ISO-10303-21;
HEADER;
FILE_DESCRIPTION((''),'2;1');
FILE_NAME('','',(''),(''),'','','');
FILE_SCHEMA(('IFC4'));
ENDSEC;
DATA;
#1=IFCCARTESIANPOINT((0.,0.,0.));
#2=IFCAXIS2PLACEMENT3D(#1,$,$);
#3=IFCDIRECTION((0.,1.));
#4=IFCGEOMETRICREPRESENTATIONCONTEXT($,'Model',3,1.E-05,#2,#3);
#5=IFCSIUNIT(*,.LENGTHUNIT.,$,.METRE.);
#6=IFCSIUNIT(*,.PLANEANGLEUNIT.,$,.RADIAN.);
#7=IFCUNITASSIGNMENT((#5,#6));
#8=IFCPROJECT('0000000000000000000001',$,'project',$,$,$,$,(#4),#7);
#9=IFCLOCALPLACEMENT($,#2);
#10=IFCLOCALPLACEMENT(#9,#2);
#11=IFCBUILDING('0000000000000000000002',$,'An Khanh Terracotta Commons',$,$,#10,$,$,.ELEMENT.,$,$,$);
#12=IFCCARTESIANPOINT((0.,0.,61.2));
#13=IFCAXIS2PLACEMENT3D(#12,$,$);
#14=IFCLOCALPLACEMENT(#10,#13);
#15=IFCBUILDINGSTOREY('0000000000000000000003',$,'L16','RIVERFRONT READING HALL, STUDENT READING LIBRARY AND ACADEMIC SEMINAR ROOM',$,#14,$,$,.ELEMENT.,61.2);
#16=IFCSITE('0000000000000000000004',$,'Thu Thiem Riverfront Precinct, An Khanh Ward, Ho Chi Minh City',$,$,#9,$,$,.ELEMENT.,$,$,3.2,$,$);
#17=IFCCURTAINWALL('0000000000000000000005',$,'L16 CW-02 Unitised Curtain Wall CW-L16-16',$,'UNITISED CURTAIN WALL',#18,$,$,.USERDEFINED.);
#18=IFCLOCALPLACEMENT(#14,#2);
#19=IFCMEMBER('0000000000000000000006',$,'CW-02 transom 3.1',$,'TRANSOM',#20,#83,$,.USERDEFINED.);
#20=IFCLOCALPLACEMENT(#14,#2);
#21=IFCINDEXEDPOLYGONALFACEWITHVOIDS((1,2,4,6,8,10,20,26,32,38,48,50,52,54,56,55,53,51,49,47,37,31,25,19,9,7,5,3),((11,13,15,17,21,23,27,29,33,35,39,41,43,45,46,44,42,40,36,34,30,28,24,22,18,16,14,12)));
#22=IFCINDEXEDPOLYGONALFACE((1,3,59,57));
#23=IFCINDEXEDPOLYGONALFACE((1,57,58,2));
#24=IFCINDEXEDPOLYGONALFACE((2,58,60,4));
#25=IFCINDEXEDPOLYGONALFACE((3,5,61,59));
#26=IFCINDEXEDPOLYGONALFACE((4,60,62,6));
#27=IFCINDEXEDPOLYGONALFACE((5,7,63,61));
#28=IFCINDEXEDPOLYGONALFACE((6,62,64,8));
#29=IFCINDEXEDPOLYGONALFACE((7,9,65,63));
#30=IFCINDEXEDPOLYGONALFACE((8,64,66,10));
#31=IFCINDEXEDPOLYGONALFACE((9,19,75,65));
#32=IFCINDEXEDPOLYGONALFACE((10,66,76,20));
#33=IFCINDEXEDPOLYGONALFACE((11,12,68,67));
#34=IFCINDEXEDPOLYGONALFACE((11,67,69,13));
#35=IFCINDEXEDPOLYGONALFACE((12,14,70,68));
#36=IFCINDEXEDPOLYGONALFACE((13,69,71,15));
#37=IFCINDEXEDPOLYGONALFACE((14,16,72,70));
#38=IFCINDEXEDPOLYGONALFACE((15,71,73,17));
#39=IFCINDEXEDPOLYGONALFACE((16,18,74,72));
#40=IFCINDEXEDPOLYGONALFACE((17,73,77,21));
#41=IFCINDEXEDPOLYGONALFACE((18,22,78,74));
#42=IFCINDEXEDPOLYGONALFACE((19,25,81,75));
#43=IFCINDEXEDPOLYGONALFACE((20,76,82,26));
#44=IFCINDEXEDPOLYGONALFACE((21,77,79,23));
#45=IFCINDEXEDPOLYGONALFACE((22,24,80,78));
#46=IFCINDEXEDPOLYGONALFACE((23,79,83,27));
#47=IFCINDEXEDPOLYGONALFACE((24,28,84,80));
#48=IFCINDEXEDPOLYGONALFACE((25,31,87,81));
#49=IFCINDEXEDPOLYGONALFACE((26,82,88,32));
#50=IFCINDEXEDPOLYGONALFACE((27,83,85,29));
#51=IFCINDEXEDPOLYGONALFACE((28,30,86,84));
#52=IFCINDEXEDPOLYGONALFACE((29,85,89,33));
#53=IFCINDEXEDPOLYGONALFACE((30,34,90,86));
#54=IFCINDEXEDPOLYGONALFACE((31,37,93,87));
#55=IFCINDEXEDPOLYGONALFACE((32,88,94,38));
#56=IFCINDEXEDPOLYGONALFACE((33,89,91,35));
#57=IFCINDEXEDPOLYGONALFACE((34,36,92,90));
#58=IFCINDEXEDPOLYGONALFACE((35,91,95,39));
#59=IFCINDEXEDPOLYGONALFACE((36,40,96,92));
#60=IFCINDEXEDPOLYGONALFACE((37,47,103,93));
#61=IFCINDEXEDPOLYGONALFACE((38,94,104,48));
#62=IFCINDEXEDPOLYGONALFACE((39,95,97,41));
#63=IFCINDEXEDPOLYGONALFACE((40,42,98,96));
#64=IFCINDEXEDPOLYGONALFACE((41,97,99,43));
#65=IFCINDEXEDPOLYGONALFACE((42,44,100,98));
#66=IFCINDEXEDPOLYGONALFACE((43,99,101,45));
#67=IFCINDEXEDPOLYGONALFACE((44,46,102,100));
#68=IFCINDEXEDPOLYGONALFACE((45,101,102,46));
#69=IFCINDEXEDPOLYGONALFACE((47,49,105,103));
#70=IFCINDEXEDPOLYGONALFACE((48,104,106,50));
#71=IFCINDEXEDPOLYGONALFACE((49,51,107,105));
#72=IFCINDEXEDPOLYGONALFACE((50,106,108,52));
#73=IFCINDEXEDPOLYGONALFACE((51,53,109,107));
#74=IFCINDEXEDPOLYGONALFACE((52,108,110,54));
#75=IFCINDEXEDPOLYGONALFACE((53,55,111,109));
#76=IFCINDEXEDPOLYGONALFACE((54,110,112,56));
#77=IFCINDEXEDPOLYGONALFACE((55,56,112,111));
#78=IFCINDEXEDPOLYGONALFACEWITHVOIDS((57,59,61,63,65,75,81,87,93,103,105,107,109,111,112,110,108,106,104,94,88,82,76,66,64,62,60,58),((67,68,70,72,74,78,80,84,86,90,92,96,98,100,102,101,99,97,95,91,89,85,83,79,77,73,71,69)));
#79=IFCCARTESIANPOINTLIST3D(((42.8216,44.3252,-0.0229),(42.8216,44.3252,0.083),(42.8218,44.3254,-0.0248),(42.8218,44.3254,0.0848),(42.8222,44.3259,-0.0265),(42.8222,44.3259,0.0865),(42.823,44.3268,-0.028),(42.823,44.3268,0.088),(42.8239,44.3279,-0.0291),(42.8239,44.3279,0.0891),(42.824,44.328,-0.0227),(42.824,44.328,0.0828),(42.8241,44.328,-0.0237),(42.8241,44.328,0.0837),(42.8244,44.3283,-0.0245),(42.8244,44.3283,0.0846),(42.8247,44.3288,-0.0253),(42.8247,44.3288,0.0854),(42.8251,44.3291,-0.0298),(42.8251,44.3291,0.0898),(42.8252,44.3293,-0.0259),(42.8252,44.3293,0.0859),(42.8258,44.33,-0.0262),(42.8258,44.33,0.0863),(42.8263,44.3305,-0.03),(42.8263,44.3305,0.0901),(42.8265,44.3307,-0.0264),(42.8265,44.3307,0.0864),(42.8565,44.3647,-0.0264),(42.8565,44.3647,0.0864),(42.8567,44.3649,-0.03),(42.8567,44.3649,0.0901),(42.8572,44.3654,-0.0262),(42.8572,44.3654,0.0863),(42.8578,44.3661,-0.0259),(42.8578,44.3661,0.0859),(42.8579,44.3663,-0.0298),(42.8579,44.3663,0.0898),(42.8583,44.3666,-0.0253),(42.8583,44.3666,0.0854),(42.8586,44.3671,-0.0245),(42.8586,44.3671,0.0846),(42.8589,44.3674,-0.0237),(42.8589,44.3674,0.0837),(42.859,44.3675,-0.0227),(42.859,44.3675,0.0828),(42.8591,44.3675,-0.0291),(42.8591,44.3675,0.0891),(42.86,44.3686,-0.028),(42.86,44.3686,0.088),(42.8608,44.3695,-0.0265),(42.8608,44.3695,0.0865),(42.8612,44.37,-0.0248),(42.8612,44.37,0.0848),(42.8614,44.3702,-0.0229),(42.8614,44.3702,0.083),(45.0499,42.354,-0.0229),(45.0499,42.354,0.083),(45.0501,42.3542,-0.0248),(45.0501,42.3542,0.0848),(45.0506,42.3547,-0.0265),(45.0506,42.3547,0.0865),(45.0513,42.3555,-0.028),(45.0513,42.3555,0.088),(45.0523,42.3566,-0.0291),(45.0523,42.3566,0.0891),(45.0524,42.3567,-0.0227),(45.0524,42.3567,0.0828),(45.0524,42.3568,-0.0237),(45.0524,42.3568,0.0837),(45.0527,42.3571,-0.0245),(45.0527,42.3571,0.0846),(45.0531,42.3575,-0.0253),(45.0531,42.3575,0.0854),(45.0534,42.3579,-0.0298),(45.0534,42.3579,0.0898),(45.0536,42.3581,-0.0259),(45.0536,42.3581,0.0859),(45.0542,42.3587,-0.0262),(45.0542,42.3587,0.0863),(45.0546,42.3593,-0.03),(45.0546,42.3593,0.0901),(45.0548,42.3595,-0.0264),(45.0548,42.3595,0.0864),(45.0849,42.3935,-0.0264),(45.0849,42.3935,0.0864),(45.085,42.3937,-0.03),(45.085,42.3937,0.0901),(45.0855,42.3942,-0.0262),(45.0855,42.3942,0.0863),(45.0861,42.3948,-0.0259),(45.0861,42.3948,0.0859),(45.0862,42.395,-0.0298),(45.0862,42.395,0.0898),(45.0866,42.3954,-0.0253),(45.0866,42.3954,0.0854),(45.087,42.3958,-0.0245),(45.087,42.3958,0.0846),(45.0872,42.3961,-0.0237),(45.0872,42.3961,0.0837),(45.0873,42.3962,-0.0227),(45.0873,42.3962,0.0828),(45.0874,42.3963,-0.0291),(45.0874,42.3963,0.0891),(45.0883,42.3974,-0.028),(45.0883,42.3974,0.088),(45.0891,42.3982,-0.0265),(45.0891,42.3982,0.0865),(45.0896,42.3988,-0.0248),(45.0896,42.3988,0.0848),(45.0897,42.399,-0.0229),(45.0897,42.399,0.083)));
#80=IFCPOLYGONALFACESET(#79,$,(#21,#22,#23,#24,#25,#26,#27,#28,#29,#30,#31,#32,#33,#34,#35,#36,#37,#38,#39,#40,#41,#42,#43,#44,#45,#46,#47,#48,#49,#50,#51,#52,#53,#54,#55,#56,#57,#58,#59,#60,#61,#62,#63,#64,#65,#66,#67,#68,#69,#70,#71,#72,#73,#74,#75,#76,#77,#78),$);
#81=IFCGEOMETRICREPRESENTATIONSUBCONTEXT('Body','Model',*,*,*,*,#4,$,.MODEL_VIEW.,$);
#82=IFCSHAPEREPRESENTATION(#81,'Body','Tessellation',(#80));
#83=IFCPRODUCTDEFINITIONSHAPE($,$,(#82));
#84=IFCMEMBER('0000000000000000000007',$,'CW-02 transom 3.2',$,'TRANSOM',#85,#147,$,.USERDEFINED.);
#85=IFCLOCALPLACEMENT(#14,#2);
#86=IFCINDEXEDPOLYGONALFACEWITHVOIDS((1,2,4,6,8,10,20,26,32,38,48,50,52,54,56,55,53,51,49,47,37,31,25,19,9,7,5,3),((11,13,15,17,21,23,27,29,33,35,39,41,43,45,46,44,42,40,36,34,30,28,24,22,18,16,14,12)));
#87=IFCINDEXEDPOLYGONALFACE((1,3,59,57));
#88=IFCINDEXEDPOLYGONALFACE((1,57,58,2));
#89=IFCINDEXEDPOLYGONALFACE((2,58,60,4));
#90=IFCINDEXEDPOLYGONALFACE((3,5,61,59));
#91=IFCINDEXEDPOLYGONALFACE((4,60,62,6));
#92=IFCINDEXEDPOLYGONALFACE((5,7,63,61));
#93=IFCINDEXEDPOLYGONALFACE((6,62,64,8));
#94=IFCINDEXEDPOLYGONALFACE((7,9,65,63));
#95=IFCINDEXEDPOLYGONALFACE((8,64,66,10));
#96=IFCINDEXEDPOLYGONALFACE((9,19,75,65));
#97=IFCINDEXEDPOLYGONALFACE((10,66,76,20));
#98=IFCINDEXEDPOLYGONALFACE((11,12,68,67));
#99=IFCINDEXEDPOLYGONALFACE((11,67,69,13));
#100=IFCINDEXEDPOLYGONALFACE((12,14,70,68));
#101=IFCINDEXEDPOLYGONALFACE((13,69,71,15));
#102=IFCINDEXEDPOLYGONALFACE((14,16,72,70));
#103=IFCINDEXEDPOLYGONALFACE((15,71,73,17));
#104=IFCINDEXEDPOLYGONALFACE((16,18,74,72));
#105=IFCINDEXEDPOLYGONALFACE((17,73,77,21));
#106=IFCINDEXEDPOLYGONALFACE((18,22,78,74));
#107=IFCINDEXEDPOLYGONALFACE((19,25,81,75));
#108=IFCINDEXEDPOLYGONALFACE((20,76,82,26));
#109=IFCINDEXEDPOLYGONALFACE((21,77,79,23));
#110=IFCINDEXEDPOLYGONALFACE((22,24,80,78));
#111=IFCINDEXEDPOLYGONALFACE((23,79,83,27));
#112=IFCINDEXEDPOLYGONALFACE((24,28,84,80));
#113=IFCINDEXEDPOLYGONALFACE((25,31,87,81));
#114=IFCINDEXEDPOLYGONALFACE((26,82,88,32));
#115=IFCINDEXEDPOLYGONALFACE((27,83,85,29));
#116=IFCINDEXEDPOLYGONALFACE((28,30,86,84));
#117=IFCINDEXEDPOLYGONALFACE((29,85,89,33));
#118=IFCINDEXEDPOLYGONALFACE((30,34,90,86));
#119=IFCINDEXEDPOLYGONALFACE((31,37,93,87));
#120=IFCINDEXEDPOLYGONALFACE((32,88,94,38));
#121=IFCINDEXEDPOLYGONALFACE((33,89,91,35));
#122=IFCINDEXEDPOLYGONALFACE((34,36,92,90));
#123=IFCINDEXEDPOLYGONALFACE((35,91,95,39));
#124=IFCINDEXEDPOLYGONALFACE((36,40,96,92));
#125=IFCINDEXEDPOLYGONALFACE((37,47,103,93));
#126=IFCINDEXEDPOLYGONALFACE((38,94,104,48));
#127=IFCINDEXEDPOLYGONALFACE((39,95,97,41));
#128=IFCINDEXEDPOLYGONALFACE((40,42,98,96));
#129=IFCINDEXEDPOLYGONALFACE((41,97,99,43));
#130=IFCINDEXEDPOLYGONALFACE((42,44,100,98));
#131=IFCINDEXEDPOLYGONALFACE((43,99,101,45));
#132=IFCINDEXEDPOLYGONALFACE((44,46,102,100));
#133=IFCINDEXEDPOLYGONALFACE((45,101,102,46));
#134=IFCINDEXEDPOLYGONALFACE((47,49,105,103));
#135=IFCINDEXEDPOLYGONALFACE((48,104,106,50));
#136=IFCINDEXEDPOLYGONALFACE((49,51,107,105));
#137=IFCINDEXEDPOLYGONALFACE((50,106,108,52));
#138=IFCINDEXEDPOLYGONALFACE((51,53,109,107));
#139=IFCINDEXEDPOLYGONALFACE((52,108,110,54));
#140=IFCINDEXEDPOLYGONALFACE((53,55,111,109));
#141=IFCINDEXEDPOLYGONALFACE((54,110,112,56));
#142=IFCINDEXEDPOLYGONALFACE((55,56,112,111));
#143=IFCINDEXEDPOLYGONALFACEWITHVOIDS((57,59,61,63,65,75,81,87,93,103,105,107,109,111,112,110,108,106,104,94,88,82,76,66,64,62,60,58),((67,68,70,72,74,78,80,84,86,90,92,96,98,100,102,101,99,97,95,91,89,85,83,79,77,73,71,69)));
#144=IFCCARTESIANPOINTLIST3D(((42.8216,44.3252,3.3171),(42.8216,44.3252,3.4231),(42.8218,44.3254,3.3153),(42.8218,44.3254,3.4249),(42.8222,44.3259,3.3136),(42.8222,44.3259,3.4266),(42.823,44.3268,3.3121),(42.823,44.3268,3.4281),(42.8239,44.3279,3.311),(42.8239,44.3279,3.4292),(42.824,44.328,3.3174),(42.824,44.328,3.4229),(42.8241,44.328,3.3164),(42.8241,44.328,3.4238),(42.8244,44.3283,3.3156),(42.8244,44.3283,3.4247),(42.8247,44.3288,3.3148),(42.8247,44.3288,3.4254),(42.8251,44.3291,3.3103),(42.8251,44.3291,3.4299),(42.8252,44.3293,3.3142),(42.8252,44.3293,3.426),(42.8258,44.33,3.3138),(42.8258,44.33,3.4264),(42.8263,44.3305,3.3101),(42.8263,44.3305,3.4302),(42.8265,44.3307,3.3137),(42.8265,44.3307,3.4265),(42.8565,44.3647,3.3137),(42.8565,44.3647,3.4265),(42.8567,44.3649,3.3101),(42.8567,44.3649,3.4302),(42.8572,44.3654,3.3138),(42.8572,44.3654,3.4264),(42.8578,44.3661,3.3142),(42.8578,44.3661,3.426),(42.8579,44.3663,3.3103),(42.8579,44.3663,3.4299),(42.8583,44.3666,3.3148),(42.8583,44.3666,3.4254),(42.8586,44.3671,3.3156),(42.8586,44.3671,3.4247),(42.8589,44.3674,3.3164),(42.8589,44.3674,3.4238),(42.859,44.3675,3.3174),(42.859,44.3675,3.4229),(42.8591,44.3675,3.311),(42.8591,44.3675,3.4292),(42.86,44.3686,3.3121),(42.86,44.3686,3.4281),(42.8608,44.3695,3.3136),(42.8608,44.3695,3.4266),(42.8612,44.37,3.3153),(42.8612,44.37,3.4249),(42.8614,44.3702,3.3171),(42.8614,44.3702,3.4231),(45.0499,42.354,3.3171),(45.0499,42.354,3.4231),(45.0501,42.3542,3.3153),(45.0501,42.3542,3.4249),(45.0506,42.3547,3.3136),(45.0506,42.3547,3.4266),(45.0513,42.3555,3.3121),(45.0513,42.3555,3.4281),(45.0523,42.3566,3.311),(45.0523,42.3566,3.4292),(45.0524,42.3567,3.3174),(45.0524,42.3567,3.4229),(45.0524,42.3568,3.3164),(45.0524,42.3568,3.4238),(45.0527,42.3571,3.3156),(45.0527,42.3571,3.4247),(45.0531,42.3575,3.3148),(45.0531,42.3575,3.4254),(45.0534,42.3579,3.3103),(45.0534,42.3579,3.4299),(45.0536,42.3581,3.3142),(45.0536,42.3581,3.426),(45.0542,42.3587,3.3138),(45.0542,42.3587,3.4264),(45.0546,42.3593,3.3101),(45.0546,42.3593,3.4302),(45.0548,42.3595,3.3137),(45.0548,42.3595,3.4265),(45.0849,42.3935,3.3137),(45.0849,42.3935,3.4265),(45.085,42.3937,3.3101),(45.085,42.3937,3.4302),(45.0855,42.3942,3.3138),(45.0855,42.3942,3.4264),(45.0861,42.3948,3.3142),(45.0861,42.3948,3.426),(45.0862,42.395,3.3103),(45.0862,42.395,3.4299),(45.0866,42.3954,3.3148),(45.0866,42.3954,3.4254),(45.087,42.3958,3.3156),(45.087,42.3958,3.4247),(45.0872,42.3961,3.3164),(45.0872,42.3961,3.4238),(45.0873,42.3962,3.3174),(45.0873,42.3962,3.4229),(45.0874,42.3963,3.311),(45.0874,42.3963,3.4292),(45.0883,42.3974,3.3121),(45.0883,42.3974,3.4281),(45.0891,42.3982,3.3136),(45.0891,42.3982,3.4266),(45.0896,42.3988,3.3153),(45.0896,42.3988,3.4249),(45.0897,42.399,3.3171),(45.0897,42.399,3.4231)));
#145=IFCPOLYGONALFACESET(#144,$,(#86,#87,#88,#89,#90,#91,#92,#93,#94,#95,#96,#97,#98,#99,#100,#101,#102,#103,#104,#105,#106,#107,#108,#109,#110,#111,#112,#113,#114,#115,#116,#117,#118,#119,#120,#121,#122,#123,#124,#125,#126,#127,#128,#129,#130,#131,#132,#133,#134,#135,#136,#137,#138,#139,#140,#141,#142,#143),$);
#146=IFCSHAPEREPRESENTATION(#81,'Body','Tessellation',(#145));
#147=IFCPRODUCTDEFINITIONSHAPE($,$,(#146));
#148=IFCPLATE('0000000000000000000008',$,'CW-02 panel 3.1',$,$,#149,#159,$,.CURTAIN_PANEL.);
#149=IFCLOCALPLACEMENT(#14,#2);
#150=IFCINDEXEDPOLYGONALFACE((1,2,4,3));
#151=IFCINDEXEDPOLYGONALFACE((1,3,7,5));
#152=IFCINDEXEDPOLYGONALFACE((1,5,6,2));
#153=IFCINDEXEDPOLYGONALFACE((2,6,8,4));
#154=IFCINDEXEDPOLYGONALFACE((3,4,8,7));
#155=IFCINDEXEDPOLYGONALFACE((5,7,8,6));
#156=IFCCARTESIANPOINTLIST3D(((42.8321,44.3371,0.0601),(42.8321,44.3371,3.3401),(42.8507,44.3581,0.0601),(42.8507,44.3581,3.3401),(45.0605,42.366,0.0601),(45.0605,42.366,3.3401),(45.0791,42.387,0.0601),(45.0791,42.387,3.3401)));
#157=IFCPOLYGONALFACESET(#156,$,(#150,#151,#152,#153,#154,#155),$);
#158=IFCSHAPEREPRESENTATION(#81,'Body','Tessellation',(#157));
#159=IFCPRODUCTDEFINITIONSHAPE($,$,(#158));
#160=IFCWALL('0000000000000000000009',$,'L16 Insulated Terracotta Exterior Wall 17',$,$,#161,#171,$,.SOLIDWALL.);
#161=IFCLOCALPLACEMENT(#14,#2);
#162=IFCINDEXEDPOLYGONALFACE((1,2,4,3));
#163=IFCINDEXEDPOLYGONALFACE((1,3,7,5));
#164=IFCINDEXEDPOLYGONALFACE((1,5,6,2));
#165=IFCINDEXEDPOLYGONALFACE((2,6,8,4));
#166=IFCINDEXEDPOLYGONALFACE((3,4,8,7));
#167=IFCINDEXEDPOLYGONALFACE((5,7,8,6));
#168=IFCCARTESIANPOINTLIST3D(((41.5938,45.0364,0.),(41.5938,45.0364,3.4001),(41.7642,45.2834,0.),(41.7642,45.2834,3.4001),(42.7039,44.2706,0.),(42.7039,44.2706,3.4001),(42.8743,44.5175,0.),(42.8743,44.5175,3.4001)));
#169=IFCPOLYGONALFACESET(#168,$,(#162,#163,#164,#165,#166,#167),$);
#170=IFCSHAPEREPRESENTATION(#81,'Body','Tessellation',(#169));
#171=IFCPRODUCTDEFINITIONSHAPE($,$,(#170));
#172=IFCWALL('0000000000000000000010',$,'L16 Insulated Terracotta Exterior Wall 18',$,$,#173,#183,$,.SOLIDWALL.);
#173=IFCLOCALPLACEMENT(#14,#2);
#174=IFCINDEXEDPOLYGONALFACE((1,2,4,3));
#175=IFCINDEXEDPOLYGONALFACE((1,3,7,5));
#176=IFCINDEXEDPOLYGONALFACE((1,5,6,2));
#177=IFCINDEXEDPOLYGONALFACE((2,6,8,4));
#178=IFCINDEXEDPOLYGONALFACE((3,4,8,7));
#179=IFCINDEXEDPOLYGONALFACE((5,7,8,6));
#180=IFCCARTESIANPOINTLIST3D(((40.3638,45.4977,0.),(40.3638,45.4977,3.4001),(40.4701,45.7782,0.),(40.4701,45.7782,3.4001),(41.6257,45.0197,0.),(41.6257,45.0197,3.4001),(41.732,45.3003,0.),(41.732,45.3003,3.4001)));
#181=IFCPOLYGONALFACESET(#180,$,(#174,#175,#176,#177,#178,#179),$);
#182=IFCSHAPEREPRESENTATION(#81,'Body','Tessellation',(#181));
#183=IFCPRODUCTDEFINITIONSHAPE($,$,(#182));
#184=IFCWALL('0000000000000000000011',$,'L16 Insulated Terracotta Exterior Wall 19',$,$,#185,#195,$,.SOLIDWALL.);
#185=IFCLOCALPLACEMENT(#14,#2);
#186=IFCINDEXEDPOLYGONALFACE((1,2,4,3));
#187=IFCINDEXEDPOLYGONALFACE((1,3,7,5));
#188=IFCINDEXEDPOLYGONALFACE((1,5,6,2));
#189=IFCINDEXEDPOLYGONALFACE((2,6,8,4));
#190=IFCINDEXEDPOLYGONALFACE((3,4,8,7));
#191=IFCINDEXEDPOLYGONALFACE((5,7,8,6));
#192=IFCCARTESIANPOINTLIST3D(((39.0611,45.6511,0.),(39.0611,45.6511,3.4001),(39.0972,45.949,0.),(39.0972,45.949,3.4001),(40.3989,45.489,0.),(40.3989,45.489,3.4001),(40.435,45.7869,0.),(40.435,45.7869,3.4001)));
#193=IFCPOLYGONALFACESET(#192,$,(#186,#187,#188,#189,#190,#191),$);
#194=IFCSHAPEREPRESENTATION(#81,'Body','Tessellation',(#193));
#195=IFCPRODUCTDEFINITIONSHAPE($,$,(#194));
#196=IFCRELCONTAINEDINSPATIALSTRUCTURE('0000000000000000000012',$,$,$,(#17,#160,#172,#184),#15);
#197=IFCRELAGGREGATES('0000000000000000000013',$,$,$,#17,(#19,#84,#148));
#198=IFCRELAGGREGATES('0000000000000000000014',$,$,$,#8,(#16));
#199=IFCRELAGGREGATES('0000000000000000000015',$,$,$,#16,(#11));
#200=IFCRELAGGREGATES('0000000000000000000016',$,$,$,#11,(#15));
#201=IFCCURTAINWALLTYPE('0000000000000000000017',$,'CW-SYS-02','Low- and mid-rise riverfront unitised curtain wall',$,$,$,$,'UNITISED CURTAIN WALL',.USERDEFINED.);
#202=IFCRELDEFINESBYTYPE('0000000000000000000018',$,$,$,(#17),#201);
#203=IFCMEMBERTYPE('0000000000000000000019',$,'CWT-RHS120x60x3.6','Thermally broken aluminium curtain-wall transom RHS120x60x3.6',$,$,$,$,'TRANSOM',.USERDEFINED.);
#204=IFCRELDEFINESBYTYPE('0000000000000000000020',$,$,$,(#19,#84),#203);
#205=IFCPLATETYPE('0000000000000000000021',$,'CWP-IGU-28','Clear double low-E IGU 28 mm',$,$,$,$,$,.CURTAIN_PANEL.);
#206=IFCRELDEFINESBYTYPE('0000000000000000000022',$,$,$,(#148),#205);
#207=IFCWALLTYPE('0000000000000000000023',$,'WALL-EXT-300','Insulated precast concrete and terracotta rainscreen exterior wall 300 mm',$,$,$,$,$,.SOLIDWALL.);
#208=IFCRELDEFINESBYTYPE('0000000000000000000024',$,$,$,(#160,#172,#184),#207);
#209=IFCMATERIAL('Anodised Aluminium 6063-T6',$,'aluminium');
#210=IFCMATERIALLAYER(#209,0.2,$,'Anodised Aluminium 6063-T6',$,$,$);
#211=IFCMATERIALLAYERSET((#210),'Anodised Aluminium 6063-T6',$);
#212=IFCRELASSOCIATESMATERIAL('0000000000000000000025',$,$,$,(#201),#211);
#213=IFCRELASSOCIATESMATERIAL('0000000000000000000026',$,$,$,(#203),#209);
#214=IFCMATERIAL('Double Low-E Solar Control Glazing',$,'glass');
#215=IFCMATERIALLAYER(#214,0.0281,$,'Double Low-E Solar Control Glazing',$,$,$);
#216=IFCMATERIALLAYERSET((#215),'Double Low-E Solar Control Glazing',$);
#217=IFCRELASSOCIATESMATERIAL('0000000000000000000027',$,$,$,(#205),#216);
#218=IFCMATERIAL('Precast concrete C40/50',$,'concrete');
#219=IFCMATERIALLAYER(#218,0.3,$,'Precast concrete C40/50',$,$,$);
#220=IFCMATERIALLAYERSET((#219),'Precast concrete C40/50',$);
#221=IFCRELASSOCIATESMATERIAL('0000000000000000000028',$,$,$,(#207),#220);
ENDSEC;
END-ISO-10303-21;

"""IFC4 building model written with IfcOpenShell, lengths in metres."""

from ifc_helpers import new_model, si_unit, direction, frame, frame_2d, origin, origin_2d, place, context, subcontext, project, spatial, rectangle, hollow_rectangle, extrude, material, layer, layer_set, material_profile, profile_set, type_object, element, aggregate, save


model = new_model("IFC4")

# Units and contexts
model_context = context("Model", 3, precision=1e-05, world=origin(), true_north=direction((0.0, 1.0)))
body_context = subcontext(model_context, "Body", "Model", "MODEL_VIEW")
ifc_project = project(units=[si_unit("LENGTHUNIT", "METRE"), si_unit("PLANEANGLEUNIT", "RADIAN")], contexts=[model_context])

# Site, building, storey
site_placement = place(None, origin())
site = spatial("IfcSite", under=ifc_project, at=site_placement, Name="Thu Thiem Riverfront Precinct, An Khanh Ward, Ho Chi Minh City", CompositionType="ELEMENT", RefElevation=3.2)
building_placement = place(site_placement, origin())
building = spatial("IfcBuilding", under=site, at=building_placement, Name="An Khanh Terracotta Commons", CompositionType="ELEMENT")
storey_placement = place(building_placement, frame((0.0, 0.0, 61.2)))
storey = spatial("IfcBuildingStorey", under=building, at=storey_placement, Name="L16", Description="RIVERFRONT READING HALL, STUDENT READING LIBRARY AND ACADEMIC SEMINAR ROOM", CompositionType="ELEMENT", Elevation=61.2)

# Curtain wall, members, plate
ifc_material_1 = material(Name="Anodised Aluminium 6063-T6", Category="aluminium")
ifc_layer_1 = layer(ifc_material_1, 0.2, Name="Anodised Aluminium 6063-T6")
ifc_layer_set_1 = layer_set([ifc_layer_1], Name="Anodised Aluminium 6063-T6")
curtain_wall_type = type_object("IfcCurtainWallType", Name="CW-SYS-02", Description="Low- and mid-rise riverfront unitised curtain wall", ElementType="UNITISED CURTAIN WALL", PredefinedType="USERDEFINED", material=ifc_layer_set_1)
curtain_wall_placement = place(storey_placement, origin())
curtain_wall = element("IfcCurtainWall", 1, at=curtain_wall_placement, inside=storey, type_object=curtain_wall_type, Name="L16 CW-02 Unitised Curtain Wall CW-L16-16", ObjectType="UNITISED CURTAIN WALL", PredefinedType="USERDEFINED")
ifc_material_profile_1 = material_profile(ifc_material_1, hollow_rectangle(XDim=0.0601, YDim=0.1201, WallThickness=0.0037, InnerFilletRadius=0.0037, OuterFilletRadius=0.0071, at=origin_2d()), Name="RHS120x60x3.6")
ifc_profile_set_1 = profile_set([ifc_material_profile_1], Name="Anodised Aluminium 6063-T6")
member_type_1 = type_object("IfcMemberType", Name="CWT-RHS120x60x3.6", Description="Thermally broken aluminium curtain-wall transom RHS120x60x3.6", ElementType="TRANSOM", PredefinedType="USERDEFINED", material=ifc_profile_set_1)
member_1_placement = place(storey_placement, frame((45.0698, 42.3765, 0.03), z_axis=(-0.748992, 0.662579, 0.0), x_axis=(-0.662579, -0.748992, 0.0)))
member_1 = element("IfcMember", 2, at=member_1_placement, type_object=member_type_1, Name="CW-02 transom 3.1", ObjectType="TRANSOM", PredefinedType="USERDEFINED", context=body_context, shape_type="SweptSolid", body=[
    extrude(hollow_rectangle(XDim=0.0601, YDim=0.1201, WallThickness=0.0037, InnerFilletRadius=0.0037, OuterFilletRadius=0.0071, at=origin_2d()), origin(), (0.0, 0.0, 1.0), 2.9751),
])
member_2_placement = place(storey_placement, frame((45.0698, 42.3765, 3.3701), z_axis=(-0.748992, 0.662579, 0.0), x_axis=(-0.662579, -0.748992, 0.0)))
member_2 = element("IfcMember", 3, at=member_2_placement, type_object=member_type_1, Name="CW-02 transom 3.2", ObjectType="TRANSOM", PredefinedType="USERDEFINED", context=body_context, shape_type="SweptSolid", body=[
    extrude(hollow_rectangle(XDim=0.0601, YDim=0.1201, WallThickness=0.0037, InnerFilletRadius=0.0037, OuterFilletRadius=0.0071, at=origin_2d()), origin(), (0.0, 0.0, 1.0), 2.9751),
])
ifc_material_2 = material(Name="Double Low-E Solar Control Glazing", Category="glass")
ifc_layer_2 = layer(ifc_material_2, 0.0281, Name="Double Low-E Solar Control Glazing")
ifc_layer_set_2 = layer_set([ifc_layer_2], Name="Double Low-E Solar Control Glazing")
plate_type = type_object("IfcPlateType", Name="CWP-IGU-28", Description="Clear double low-E IGU 28 mm", PredefinedType="CURTAIN_PANEL", material=ifc_layer_set_2)
plate_placement = place(storey_placement, frame((43.9556, 43.3621, 0.0601), z_axis=(0.0, 0.0, 1.0), x_axis=(-0.749019, 0.662548, 0.0)))
plate = element("IfcPlate", 4, at=plate_placement, type_object=plate_type, Name="CW-02 panel 3.1", PredefinedType="CURTAIN_PANEL", context=body_context, shape_type="SweptSolid", body=[
    extrude(rectangle(XDim=2.9751, YDim=0.0281, at=origin_2d()), origin(), (0.0, 0.0, 1.0), 3.28),
])
aggregate(curtain_wall, [member_1, member_2, plate])

# Walls
ifc_material_3 = material(Name="Precast concrete C40/50", Category="concrete")
ifc_layer_3 = layer(ifc_material_3, 0.3, Name="Precast concrete C40/50")
ifc_layer_set_3 = layer_set([ifc_layer_3], Name="Precast concrete C40/50")
wall_type = type_object("IfcWallType", Name="WALL-EXT-300", Description="Insulated precast concrete and terracotta rainscreen exterior wall 300 mm", PredefinedType="SOLIDWALL", material=ifc_layer_set_3)
wall_1_placement = place(storey_placement, frame((42.7891, 44.394, 0.0), z_axis=(0.0, 0.0, 1.0), x_axis=(-0.823117, 0.567873, 0.0)))
element("IfcWall", 5, at=wall_1_placement, inside=storey, type_object=wall_type, Name="L16 Insulated Terracotta Exterior Wall 17", PredefinedType="SOLIDWALL", context=body_context, shape_type="SweptSolid", body=[
    extrude(rectangle(XDim=1.3486, YDim=0.3, at=frame_2d((0.6743, 0.0))), origin(), (0.0, 0.0, 1.0), 3.4001),
])
wall_2_placement = place(storey_placement, frame((41.679, 45.1599, 0.0), z_axis=(0.0, 0.0, 1.0), x_axis=(-0.935157, 0.354234, 0.0)))
element("IfcWall", 6, at=wall_2_placement, inside=storey, type_object=wall_type, Name="L16 Insulated Terracotta Exterior Wall 18", PredefinedType="SOLIDWALL", context=body_context, shape_type="SweptSolid", body=[
    extrude(rectangle(XDim=1.3494, YDim=0.3, at=frame_2d((0.6748, 0.0))), origin(), (0.0, 0.0, 1.0), 3.4001),
])
wall_3_placement = place(storey_placement, frame((40.417, 45.6379, 0.0), z_axis=(0.0, 0.0, 1.0), x_axis=(-0.992739, 0.120288, 0.0)))
element("IfcWall", 7, at=wall_3_placement, inside=storey, type_object=wall_type, Name="L16 Insulated Terracotta Exterior Wall 19", PredefinedType="SOLIDWALL", context=body_context, shape_type="SweptSolid", body=[
    extrude(rectangle(XDim=1.3477, YDim=0.3, at=frame_2d((0.6738, 0.0))), origin(), (0.0, 0.0, 1.0), 3.4001),
])

save(model, "model.ifc")
